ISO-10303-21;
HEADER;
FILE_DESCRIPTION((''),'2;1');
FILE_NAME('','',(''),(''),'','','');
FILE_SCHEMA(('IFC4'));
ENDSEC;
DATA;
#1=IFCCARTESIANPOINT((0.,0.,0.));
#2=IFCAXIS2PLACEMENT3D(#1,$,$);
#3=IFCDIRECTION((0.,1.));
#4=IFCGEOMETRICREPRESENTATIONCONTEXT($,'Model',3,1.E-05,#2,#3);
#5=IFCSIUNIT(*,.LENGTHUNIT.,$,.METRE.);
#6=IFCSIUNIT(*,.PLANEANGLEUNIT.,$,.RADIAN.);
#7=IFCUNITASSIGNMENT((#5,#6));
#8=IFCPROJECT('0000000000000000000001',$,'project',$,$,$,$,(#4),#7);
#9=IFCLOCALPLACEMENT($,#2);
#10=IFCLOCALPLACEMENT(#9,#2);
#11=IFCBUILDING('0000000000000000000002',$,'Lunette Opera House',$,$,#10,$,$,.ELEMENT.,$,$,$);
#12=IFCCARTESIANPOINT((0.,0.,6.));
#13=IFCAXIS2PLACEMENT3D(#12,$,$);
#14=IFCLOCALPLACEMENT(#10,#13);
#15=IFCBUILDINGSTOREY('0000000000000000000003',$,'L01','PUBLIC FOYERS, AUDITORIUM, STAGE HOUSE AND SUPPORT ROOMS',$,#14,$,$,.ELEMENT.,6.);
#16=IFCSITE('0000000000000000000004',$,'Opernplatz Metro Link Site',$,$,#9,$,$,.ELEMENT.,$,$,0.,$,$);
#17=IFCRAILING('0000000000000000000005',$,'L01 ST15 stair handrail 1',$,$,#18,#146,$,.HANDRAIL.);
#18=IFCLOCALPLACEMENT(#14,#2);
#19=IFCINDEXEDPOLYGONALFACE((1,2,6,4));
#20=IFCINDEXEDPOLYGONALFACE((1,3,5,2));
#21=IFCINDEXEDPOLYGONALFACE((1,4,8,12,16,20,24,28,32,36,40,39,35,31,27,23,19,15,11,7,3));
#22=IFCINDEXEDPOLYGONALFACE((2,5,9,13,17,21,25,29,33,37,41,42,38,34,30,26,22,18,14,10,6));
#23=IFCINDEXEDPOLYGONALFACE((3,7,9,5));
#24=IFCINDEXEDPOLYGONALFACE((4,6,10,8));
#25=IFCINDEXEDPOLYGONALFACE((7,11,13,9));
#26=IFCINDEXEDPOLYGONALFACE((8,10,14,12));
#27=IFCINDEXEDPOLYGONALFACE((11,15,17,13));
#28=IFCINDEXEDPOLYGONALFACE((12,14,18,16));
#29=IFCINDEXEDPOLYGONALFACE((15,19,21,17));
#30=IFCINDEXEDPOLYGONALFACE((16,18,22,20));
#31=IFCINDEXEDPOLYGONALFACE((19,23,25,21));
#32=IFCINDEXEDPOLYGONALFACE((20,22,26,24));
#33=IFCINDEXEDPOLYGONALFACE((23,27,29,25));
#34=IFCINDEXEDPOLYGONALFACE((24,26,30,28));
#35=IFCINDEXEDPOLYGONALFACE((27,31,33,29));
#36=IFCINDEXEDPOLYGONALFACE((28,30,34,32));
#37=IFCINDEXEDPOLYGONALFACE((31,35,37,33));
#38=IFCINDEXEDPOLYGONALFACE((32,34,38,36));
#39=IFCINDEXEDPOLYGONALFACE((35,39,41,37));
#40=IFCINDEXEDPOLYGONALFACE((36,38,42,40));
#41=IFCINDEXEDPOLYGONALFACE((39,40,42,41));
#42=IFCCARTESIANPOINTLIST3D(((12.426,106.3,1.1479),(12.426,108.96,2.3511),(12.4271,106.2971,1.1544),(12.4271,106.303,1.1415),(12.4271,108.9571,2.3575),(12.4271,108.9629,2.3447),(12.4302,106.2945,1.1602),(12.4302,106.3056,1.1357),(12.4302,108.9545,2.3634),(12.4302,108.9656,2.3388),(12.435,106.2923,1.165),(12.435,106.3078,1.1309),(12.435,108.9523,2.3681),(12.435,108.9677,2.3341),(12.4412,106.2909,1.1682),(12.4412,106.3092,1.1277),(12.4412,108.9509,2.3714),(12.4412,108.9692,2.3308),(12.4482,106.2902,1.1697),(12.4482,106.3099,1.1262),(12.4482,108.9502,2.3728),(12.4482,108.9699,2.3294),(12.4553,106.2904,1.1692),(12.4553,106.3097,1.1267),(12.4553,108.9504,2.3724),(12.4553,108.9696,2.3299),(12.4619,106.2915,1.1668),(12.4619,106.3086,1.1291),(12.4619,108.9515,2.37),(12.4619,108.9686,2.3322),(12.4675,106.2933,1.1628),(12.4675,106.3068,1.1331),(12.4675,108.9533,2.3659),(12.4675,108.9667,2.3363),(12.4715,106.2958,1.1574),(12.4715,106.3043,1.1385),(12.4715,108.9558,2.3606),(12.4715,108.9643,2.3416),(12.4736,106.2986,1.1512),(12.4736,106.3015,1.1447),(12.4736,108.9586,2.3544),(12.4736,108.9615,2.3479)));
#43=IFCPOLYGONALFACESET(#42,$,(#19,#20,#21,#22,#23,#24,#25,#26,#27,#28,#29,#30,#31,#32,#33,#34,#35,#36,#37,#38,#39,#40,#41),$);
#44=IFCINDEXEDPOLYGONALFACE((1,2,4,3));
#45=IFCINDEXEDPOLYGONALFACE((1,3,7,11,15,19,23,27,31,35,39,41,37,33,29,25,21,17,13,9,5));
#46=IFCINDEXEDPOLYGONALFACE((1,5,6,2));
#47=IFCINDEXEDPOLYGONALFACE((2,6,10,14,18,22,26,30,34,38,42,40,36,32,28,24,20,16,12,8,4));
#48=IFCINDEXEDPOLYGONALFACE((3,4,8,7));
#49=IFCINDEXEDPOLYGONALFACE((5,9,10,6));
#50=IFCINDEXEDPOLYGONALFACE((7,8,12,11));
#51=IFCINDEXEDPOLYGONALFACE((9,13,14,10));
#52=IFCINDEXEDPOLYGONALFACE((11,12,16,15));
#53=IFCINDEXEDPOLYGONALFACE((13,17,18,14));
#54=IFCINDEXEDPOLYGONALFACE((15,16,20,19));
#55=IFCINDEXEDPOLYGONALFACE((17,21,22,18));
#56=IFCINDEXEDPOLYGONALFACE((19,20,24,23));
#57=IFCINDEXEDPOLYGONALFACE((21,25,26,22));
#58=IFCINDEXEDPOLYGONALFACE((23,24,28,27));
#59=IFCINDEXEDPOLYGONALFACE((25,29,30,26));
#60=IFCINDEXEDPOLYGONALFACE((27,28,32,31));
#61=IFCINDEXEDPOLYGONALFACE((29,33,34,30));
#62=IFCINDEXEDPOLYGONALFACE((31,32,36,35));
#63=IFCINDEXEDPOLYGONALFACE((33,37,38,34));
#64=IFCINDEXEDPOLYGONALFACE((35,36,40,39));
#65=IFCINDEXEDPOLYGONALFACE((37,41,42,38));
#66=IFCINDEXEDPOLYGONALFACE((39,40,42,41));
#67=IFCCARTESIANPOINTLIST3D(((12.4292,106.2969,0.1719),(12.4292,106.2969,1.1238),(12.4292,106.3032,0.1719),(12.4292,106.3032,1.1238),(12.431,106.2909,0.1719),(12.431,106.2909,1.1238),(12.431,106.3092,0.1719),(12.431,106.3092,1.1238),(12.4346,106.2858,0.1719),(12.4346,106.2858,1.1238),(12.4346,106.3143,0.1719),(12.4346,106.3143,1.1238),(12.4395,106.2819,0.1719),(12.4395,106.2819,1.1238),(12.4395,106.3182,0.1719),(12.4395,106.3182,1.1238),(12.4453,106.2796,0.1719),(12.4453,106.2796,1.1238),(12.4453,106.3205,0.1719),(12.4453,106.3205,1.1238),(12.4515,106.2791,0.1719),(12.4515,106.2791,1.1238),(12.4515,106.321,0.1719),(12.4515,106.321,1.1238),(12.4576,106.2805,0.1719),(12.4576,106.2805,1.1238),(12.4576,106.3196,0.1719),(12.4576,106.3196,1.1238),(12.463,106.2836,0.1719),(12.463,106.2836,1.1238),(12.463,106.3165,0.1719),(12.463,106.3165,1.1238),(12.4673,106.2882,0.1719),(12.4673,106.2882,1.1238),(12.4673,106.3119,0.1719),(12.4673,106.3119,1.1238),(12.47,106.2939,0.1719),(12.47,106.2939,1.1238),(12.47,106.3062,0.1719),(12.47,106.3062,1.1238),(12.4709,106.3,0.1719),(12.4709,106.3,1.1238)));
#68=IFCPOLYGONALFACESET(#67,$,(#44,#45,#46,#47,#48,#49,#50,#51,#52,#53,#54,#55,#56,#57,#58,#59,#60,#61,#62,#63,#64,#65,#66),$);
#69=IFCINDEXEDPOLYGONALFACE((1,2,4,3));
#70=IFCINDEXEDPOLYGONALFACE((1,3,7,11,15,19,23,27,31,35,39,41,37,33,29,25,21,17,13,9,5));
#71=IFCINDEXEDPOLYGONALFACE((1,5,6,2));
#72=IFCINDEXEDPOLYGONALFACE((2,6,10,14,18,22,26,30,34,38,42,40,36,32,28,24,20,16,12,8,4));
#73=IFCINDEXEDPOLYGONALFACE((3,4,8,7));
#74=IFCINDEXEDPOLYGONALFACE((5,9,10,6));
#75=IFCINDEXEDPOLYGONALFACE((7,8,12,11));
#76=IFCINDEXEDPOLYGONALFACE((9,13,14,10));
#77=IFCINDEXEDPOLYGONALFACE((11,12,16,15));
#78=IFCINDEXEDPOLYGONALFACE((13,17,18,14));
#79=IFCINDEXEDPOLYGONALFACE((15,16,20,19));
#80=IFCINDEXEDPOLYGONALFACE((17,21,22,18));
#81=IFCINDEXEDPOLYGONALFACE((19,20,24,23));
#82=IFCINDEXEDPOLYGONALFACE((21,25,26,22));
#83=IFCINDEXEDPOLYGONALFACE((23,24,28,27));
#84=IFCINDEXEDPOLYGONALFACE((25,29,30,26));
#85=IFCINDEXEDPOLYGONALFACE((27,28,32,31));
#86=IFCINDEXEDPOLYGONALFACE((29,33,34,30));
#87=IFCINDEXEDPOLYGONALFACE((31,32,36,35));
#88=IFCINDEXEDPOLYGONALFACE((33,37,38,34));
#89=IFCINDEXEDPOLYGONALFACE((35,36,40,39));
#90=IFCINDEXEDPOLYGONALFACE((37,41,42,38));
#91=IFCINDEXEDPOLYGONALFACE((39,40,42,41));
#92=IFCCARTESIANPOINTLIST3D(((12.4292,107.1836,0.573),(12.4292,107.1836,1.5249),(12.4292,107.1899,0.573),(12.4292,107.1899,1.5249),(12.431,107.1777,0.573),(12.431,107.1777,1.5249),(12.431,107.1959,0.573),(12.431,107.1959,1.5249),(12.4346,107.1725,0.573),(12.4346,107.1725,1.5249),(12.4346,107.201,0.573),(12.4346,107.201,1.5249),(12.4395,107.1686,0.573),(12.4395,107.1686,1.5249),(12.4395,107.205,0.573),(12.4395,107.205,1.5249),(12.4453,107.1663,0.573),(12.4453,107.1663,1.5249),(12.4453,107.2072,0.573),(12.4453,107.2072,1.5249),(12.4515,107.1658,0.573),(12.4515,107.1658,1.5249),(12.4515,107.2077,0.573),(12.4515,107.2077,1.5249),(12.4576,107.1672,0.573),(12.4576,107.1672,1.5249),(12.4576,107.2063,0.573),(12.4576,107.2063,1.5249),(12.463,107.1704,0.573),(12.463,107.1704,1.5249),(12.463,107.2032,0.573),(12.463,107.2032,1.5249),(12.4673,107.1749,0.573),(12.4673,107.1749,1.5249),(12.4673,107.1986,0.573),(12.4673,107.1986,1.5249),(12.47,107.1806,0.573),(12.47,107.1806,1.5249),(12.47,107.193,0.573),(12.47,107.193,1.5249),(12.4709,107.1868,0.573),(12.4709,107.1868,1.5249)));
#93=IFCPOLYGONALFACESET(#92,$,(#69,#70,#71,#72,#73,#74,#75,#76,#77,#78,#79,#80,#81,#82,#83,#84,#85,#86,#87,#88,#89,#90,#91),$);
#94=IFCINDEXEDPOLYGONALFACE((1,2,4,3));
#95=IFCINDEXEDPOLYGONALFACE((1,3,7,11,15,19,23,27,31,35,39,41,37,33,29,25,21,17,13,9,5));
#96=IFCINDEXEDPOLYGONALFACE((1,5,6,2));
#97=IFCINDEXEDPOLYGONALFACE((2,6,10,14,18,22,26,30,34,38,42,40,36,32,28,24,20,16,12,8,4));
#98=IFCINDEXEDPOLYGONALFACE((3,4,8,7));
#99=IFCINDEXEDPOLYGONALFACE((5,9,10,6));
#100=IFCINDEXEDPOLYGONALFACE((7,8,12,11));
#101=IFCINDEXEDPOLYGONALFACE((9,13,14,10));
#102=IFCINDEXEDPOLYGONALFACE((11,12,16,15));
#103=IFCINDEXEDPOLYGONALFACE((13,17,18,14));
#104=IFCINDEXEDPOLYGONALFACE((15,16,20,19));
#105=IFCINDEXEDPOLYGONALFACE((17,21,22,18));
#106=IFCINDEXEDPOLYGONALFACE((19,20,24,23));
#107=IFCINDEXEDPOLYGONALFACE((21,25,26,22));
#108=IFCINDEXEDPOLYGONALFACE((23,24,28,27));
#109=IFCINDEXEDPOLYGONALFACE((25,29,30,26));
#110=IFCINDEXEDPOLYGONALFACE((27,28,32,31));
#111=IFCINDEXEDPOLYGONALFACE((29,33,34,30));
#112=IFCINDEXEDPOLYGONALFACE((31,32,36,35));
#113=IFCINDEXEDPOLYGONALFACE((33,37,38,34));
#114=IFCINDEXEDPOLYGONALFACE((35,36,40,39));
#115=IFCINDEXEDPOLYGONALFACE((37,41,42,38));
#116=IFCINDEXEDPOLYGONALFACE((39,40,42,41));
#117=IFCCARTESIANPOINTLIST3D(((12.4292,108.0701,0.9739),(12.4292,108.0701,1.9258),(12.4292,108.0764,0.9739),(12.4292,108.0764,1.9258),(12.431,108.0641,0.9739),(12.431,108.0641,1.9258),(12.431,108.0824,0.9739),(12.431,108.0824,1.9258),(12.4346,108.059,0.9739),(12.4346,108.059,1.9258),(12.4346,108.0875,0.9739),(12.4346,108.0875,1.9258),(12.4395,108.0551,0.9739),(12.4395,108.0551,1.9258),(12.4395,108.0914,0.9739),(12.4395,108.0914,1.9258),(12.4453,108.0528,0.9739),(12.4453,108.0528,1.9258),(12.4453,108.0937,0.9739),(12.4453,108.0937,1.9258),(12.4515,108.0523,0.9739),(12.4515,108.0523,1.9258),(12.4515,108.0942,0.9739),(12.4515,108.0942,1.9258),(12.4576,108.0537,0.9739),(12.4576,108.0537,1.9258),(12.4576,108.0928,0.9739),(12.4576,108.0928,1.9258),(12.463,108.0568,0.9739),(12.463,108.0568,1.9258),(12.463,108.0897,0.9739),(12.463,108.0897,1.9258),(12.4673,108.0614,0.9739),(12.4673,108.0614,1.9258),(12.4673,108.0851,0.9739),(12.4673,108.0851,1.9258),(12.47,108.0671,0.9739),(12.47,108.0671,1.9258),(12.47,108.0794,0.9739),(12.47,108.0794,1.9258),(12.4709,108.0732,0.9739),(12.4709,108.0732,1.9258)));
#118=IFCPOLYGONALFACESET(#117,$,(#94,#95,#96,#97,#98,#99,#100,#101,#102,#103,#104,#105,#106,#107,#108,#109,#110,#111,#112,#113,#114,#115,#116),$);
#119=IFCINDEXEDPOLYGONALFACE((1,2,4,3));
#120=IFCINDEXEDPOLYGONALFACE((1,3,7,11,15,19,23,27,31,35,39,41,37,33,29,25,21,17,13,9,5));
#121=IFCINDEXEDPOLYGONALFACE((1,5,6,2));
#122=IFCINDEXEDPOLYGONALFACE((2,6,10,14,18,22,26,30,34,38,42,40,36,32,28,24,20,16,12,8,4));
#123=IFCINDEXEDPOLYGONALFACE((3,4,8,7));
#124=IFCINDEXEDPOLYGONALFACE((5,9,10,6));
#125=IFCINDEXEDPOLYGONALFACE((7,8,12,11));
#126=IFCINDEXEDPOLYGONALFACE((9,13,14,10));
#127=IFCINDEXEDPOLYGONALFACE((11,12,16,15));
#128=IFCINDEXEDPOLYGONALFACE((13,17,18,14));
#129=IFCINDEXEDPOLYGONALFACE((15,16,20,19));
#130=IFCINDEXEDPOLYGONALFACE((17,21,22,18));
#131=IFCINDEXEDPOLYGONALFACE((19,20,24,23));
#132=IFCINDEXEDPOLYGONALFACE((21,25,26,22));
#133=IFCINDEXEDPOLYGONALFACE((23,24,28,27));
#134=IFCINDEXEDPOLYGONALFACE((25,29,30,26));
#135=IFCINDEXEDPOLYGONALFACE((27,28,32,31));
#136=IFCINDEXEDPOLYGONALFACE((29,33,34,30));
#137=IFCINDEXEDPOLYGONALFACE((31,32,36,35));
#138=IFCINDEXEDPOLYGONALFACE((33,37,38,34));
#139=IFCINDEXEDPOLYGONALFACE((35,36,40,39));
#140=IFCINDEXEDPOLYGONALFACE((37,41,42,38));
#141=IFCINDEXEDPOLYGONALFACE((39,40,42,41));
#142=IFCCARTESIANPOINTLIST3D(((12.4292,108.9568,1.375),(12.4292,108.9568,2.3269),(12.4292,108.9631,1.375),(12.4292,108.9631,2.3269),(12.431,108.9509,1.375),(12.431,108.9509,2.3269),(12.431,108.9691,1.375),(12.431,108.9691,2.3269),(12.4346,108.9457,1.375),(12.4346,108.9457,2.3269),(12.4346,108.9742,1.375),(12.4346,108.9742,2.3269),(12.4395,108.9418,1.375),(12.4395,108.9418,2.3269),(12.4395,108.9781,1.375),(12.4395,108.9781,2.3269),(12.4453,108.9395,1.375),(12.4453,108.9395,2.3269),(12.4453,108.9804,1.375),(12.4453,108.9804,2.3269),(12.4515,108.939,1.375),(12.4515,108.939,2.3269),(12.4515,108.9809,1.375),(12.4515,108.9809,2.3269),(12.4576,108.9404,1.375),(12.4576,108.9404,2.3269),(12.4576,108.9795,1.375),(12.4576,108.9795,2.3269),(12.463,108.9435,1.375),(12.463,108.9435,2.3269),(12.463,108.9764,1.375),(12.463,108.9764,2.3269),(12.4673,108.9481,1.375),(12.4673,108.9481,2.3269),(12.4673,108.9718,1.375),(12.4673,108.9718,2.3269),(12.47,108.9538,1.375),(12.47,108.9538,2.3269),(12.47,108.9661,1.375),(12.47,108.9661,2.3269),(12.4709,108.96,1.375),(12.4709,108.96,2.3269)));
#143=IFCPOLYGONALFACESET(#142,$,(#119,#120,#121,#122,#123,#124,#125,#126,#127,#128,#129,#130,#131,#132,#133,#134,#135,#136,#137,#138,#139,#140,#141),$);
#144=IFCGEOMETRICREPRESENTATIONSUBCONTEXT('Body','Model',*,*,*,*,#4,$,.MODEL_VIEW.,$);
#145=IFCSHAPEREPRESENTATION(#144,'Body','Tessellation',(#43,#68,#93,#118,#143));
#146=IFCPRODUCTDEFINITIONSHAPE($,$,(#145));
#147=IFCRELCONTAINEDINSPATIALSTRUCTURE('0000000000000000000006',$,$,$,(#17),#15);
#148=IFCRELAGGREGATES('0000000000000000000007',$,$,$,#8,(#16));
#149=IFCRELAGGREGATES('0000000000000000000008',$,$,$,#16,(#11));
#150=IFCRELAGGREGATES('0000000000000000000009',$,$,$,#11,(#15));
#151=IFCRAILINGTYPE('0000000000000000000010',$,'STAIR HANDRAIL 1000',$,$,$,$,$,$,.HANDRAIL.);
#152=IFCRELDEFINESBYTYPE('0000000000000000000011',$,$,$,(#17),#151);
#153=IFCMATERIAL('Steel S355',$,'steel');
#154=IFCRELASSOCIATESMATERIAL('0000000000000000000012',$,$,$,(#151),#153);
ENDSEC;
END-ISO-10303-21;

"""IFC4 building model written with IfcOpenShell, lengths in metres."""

from ifc_helpers import new_model, si_unit, direction, frame, origin, origin_2d, place, context, subcontext, project, spatial, circle, extrude, material, type_object, element, save


model = new_model("IFC4")

# Units and contexts
model_context = context("Model", 3, precision=1e-05, world=origin(), true_north=direction((0.0, 1.0)))
body_context = subcontext(model_context, "Body", "Model", "MODEL_VIEW")
ifc_project = project(units=[si_unit("LENGTHUNIT", "METRE"), si_unit("PLANEANGLEUNIT", "RADIAN")], contexts=[model_context])

# Site, building, storey
site_placement = place(None, origin())
site = spatial("IfcSite", under=ifc_project, at=site_placement, Name="Opernplatz Metro Link Site", CompositionType="ELEMENT", RefElevation=0.0)
building_placement = place(site_placement, origin())
building = spatial("IfcBuilding", under=site, at=building_placement, Name="Lunette Opera House", CompositionType="ELEMENT")
storey_placement = place(building_placement, frame((0.0, 0.0, 6.0)))
storey = spatial("IfcBuildingStorey", under=building, at=storey_placement, Name="L01", Description="PUBLIC FOYERS, AUDITORIUM, STAGE HOUSE AND SUPPORT ROOMS", CompositionType="ELEMENT", Elevation=6.0)

# Railing
ifc_material_1 = material(Name="Steel S355", Category="steel")
railing_type_1 = type_object("IfcRailingType", Name="STAIR HANDRAIL 1000", PredefinedType="HANDRAIL", material=ifc_material_1)
railing_1_placement = place(storey_placement, frame((12.45, 106.3, 0.1719)))
element("IfcRailing", 1, at=railing_1_placement, inside=storey, type_object=railing_type_1, Name="L01 ST15 stair handrail 1", PredefinedType="HANDRAIL", context=body_context, shape_type="SweptSolid", body=[
    extrude(circle(Radius=0.0239, at=origin_2d()), frame((0.0, 0.0, 0.9761), z_axis=(0.0, 0.91113, 0.41212), x_axis=(-1.0, 0.0, 0.0)), (0.0, 0.0, 1.0), 2.9194),
    extrude(circle(Radius=0.021, at=origin_2d()), origin(), (0.0, 0.0, 1.0), 0.9519),
    extrude(circle(Radius=0.021, at=origin_2d()), frame((0.0, 0.8867, 0.4011)), (0.0, 0.0, 1.0), 0.9519),
    extrude(circle(Radius=0.021, at=origin_2d()), frame((0.0, 1.7732, 0.802)), (0.0, 0.0, 1.0), 0.9519),
    extrude(circle(Radius=0.021, at=origin_2d()), frame((0.0, 2.6599, 1.2031)), (0.0, 0.0, 1.0), 0.9519),
])

save(model, "model.ifc")
